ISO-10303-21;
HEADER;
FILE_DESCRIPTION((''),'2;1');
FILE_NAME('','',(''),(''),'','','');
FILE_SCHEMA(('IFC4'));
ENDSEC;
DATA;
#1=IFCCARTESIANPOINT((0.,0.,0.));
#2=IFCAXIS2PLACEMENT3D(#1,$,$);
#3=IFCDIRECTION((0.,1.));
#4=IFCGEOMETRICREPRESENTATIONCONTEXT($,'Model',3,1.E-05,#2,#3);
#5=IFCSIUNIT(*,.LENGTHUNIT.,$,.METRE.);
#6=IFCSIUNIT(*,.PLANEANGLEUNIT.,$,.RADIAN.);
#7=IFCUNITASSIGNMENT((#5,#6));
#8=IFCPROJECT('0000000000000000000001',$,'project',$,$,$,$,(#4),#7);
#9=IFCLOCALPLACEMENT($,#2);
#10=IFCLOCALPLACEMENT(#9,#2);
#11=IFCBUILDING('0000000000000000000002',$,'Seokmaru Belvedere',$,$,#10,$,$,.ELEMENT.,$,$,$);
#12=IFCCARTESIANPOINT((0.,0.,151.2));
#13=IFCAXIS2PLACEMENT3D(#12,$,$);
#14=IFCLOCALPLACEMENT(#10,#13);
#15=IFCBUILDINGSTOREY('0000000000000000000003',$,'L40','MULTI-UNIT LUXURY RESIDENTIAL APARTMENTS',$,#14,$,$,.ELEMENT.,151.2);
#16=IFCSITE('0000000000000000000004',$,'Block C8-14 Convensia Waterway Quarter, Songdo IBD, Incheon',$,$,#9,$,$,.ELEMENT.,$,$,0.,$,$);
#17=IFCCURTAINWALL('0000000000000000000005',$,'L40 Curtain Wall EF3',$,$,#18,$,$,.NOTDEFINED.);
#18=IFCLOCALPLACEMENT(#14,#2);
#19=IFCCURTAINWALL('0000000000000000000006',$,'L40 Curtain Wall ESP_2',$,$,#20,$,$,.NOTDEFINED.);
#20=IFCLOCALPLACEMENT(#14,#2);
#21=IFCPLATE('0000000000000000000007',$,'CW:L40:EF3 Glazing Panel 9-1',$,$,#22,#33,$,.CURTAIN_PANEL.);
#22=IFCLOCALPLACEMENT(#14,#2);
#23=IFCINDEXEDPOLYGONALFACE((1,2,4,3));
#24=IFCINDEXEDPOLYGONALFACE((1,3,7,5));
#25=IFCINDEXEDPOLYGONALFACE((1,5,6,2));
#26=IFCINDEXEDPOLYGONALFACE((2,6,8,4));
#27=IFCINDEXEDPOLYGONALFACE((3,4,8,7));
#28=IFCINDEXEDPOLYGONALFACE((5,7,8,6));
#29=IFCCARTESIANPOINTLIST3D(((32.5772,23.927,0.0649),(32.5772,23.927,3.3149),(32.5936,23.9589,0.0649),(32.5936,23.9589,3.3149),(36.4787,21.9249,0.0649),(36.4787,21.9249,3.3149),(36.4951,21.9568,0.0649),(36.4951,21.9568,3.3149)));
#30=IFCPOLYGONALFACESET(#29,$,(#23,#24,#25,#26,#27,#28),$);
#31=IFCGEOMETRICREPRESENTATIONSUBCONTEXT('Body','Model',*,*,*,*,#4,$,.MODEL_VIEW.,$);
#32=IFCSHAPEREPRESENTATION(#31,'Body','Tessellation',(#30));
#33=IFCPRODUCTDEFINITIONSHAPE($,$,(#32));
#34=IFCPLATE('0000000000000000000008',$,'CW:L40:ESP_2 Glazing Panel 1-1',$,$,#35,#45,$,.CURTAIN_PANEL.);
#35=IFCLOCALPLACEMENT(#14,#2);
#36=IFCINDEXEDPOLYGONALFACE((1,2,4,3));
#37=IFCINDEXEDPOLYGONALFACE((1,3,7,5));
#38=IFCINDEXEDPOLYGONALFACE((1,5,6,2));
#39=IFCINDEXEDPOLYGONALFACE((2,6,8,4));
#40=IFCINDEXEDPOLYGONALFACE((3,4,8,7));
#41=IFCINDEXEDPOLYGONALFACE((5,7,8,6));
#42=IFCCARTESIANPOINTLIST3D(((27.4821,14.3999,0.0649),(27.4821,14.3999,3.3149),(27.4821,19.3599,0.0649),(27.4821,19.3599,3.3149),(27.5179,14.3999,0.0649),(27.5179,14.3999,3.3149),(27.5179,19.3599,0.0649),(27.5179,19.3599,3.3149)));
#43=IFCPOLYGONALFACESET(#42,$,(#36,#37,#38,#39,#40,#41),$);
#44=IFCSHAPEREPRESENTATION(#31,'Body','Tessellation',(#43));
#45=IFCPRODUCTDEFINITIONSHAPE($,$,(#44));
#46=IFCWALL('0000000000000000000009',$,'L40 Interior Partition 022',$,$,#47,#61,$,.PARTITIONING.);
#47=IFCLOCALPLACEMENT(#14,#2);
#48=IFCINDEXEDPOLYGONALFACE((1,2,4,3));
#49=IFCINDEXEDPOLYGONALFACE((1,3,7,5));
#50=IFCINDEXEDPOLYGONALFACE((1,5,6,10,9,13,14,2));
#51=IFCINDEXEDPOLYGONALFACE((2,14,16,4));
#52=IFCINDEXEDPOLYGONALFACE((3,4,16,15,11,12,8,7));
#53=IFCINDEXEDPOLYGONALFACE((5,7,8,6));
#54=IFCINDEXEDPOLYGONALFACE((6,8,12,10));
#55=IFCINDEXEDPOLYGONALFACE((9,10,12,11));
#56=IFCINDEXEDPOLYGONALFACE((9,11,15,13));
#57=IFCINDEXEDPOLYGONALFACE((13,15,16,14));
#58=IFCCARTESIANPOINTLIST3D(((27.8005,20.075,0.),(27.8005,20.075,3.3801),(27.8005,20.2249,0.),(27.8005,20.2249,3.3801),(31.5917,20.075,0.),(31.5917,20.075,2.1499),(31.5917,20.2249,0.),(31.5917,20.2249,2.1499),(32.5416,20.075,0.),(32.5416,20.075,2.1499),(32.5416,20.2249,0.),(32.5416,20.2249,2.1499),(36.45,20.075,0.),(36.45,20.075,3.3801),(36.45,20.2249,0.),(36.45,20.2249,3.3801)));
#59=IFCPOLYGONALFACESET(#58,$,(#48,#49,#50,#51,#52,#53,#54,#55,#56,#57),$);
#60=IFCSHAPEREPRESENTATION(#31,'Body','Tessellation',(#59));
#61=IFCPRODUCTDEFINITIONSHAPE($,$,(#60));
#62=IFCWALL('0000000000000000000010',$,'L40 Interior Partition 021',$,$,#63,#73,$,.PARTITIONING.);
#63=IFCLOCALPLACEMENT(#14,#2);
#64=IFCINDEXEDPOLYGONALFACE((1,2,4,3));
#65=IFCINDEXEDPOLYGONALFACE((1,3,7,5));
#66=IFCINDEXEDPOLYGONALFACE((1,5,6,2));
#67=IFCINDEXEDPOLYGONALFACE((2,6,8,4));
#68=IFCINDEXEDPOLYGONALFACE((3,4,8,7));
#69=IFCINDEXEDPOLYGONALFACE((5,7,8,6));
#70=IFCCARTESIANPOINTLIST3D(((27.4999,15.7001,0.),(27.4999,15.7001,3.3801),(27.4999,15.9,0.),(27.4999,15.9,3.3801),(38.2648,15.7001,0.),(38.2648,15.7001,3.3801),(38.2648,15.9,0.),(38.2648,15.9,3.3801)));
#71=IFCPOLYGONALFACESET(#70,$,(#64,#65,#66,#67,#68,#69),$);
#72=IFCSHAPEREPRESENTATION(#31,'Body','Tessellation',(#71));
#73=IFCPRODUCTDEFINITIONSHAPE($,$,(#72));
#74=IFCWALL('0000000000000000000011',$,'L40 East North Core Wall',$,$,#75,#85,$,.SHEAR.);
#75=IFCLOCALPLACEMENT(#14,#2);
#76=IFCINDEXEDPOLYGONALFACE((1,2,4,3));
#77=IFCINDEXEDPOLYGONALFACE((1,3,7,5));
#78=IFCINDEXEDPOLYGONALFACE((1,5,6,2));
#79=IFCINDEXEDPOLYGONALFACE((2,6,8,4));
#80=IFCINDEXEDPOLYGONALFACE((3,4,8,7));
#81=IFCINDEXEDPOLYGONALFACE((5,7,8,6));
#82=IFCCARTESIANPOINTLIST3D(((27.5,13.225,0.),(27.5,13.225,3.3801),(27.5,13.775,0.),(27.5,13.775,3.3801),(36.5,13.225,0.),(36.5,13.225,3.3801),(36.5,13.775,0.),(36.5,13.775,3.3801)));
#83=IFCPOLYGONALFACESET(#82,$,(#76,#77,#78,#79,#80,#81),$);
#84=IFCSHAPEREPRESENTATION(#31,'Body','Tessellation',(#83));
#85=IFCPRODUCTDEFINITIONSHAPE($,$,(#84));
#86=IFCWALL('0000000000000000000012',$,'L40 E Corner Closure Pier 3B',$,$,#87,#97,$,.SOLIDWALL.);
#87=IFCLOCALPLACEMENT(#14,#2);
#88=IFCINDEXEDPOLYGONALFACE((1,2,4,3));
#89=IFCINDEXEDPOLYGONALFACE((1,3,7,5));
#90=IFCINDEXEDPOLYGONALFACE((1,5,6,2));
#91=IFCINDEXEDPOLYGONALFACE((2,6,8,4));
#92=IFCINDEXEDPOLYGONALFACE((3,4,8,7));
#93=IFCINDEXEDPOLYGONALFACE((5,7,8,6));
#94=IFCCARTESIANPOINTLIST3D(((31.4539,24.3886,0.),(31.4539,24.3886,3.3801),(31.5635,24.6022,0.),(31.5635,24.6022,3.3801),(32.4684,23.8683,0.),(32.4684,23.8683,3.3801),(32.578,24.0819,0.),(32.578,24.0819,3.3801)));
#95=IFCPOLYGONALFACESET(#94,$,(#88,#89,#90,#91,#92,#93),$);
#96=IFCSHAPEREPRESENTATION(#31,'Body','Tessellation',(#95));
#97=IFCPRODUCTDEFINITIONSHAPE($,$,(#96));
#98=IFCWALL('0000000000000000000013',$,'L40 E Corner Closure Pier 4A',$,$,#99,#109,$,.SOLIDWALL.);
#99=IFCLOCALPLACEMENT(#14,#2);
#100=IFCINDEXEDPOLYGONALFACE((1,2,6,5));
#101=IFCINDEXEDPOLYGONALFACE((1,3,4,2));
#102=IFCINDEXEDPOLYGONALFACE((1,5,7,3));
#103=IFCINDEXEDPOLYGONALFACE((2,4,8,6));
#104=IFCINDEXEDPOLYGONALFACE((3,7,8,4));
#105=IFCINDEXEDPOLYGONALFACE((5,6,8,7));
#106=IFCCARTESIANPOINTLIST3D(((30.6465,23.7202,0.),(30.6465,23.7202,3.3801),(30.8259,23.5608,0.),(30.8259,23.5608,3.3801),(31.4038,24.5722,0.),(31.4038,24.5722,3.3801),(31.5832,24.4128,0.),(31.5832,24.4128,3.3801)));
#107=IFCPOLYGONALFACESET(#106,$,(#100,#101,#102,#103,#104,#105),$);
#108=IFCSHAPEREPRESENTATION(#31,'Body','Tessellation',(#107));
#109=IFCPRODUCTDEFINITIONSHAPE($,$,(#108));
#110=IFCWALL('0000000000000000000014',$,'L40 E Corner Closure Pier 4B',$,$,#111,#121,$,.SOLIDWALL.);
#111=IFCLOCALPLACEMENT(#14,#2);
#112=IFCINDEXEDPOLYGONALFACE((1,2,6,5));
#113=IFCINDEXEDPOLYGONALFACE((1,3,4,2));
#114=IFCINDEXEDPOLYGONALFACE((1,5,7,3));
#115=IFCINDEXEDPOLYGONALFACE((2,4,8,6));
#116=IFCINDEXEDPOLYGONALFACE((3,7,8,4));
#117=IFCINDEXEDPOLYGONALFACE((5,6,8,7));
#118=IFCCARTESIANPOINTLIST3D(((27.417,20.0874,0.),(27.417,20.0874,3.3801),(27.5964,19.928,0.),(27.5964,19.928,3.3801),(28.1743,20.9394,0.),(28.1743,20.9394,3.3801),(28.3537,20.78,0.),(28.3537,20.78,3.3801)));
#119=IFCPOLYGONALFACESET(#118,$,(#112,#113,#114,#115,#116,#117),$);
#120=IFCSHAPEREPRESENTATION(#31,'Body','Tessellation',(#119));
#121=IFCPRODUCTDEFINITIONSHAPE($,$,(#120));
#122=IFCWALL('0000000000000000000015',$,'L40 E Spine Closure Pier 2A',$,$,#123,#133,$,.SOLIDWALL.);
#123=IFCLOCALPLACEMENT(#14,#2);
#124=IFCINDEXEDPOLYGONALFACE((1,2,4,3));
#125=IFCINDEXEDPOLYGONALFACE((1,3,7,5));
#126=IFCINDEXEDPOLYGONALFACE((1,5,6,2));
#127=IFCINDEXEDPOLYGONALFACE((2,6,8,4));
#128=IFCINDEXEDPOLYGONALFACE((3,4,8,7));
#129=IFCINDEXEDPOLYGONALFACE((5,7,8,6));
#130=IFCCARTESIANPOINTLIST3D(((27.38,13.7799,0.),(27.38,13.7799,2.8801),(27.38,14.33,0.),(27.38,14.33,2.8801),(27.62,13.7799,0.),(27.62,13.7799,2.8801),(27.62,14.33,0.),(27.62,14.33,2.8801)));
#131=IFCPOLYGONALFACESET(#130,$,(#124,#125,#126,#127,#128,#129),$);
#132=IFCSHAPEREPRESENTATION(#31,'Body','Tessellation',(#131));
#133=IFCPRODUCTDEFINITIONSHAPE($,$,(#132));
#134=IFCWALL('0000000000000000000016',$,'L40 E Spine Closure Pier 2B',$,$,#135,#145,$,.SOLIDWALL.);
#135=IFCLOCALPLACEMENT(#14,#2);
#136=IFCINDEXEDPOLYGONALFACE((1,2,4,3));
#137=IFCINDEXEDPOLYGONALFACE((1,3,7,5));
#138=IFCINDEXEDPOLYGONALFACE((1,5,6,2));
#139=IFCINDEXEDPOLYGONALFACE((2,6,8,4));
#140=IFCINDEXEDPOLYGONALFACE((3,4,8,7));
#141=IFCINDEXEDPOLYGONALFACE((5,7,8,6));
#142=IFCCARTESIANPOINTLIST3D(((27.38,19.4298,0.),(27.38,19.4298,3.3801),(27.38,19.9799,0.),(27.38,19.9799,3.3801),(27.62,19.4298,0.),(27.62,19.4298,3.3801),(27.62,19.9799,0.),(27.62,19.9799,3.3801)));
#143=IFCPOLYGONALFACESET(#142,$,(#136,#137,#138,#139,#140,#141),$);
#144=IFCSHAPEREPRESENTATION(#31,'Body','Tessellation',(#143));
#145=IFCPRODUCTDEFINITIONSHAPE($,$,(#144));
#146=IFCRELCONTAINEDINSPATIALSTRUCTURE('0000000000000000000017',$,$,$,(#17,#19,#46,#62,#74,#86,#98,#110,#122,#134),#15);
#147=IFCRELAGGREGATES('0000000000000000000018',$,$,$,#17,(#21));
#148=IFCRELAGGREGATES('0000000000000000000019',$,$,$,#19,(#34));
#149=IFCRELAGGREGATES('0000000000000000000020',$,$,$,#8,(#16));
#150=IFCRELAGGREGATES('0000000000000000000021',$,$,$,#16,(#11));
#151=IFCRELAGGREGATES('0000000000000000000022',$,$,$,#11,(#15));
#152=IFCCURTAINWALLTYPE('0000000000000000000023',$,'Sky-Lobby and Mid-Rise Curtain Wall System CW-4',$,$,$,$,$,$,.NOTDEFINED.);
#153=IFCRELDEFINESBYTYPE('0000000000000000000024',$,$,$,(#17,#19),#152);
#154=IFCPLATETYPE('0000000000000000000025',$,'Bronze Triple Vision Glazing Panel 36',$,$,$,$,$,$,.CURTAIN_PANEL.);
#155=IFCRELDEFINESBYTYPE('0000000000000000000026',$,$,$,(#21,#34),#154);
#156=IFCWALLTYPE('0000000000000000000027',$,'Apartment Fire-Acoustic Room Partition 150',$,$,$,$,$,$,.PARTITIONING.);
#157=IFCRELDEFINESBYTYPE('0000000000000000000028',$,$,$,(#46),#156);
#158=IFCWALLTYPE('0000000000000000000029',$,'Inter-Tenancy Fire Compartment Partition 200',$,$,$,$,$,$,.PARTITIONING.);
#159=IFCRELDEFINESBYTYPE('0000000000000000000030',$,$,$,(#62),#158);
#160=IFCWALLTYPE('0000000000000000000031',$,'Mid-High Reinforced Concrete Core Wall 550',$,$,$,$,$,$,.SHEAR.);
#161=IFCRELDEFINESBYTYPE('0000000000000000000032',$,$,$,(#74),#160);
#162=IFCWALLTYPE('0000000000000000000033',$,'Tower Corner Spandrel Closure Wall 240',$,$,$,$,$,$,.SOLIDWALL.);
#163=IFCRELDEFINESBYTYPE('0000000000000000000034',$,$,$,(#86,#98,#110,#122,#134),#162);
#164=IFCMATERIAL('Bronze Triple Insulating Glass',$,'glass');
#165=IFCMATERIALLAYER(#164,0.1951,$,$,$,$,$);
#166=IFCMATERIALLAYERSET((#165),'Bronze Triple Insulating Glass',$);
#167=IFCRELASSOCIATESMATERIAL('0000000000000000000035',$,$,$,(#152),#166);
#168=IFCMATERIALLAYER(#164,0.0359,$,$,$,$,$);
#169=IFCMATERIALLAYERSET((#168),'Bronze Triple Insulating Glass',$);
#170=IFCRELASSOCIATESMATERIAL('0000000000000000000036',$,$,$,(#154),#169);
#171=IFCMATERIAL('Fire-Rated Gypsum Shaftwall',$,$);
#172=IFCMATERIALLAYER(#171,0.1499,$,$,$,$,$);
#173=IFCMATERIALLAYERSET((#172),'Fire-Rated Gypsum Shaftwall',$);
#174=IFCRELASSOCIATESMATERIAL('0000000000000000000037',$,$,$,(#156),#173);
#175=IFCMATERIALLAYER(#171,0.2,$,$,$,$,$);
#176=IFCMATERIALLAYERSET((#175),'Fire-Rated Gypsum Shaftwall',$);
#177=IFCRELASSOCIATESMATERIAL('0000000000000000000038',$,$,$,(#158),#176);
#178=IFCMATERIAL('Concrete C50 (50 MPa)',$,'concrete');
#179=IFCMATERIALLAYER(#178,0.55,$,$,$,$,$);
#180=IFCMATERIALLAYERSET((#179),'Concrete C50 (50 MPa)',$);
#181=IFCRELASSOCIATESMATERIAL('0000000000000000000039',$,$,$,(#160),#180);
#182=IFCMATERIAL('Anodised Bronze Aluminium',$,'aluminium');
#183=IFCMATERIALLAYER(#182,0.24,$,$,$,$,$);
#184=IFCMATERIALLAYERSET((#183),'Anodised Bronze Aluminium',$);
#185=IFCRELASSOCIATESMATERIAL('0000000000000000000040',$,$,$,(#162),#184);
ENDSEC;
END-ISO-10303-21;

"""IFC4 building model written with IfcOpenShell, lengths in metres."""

from ifc_helpers import new_model, si_unit, direction, frame, frame_2d, origin, origin_2d, place, context, subcontext, project, spatial, rectangle, extrude, source, transform, mapped, material, layer, layer_set, type_object, element, aggregate, save


model = new_model("IFC4")

# Units and contexts
model_context = context("Model", 3, precision=1e-05, world=origin(), true_north=direction((0.0, 1.0)))
body_context = subcontext(model_context, "Body", "Model", "MODEL_VIEW")
ifc_project = project(units=[si_unit("LENGTHUNIT", "METRE"), si_unit("PLANEANGLEUNIT", "RADIAN")], contexts=[model_context])

# Site, building, storey
site_placement = place(None, origin())
site = spatial("IfcSite", under=ifc_project, at=site_placement, Name="Block C8-14 Convensia Waterway Quarter, Songdo IBD, Incheon", CompositionType="ELEMENT", RefElevation=0.0)
building_placement = place(site_placement, origin())
building = spatial("IfcBuilding", under=site, at=building_placement, Name="Seokmaru Belvedere", CompositionType="ELEMENT")
storey_placement = place(building_placement, frame((0.0, 0.0, 151.2)))
storey = spatial("IfcBuildingStorey", under=building, at=storey_placement, Name="L40", Description="MULTI-UNIT LUXURY RESIDENTIAL APARTMENTS", CompositionType="ELEMENT", Elevation=151.2)

# Curtain wall
ifc_material_1 = material(Name="Bronze Triple Insulating Glass", Category="glass")
ifc_layer_1 = layer(ifc_material_1, 0.1951)
ifc_layer_set_1 = layer_set([ifc_layer_1], Name="Bronze Triple Insulating Glass")
curtain_wall_type = type_object("IfcCurtainWallType", Name="Sky-Lobby and Mid-Rise Curtain Wall System CW-4", PredefinedType="NOTDEFINED", material=ifc_layer_set_1)
curtain_wall_1_placement = place(storey_placement, origin())
curtain_wall_1 = element("IfcCurtainWall", 1, at=curtain_wall_1_placement, inside=storey, type_object=curtain_wall_type, Name="L40 Curtain Wall EF3", PredefinedType="NOTDEFINED")
ifc_material_2 = material(Name="Anodised Bronze Aluminium", Category="aluminium")

# Curtain wall
curtain_wall_2_placement = place(storey_placement, origin())
curtain_wall_2 = element("IfcCurtainWall", 2, at=curtain_wall_2_placement, inside=storey, type_object=curtain_wall_type, Name="L40 Curtain Wall ESP_2", PredefinedType="NOTDEFINED")

# Plates
ifc_layer_2 = layer(ifc_material_1, 0.0359)
ifc_layer_set_2 = layer_set([ifc_layer_2], Name="Bronze Triple Insulating Glass")
plate_type = type_object("IfcPlateType", Name="Bronze Triple Vision Glazing Panel 36", PredefinedType="CURTAIN_PANEL", material=ifc_layer_set_2)
shared_shape_1 = source(origin(), body_context, "Body", "SweptSolid", [
    extrude(rectangle(XDim=4.3853, YDim=0.0359, at=origin_2d()), origin(), (0.0, 0.0, 1.0), 3.25),
])
plate_1_placement = place(storey_placement, frame((34.5361, 22.9419, 0.0649), z_axis=(0.0, 0.0, 1.0), x_axis=(-0.889695, 0.456555, 0.0)))
plate_1 = element("IfcPlate", 3, at=plate_1_placement, type_object=plate_type, Name="CW:L40:EF3 Glazing Panel 9-1", PredefinedType="CURTAIN_PANEL", context=body_context, shape_type="MappedRepresentation", body=[
    mapped(shared_shape_1, transform((0.0, 0.0, 0.0), scale=1.0)),
])
aggregate(curtain_wall_1, [plate_1])
shared_shape_2 = source(origin(), body_context, "Body", "SweptSolid", [
    extrude(rectangle(XDim=4.96, YDim=0.0359, at=origin_2d()), origin(), (0.0, 0.0, 1.0), 3.25),
])
plate_2_placement = place(storey_placement, frame((27.5, 16.8799, 0.0649), z_axis=(0.0, 0.0, 1.0), x_axis=(0.0, -1.0, 0.0)))
plate_2 = element("IfcPlate", 4, at=plate_2_placement, type_object=plate_type, Name="CW:L40:ESP_2 Glazing Panel 1-1", PredefinedType="CURTAIN_PANEL", context=body_context, shape_type="MappedRepresentation", body=[
    mapped(shared_shape_2, transform((0.0, 0.0, 0.0), scale=1.0)),
])
aggregate(curtain_wall_2, [plate_2])

# Wall, opening
ifc_material_3 = material(Name="Fire-Rated Gypsum Shaftwall")
ifc_layer_3 = layer(ifc_material_3, 0.1499)
ifc_layer_set_3 = layer_set([ifc_layer_3], Name="Fire-Rated Gypsum Shaftwall")
wall_type_1 = type_object("IfcWallType", Name="Apartment Fire-Acoustic Room Partition 150", PredefinedType="PARTITIONING", material=ifc_layer_set_3)
wall_1_placement = place(storey_placement, frame((27.8005, 20.1499, 0.0), z_axis=(0.0, 0.0, 1.0), x_axis=(1.0, 0.0, 0.0)))
wall_1 = element("IfcWall", 5, at=wall_1_placement, inside=storey, type_object=wall_type_1, Name="L40 Interior Partition 022", PredefinedType="PARTITIONING", context=body_context, shape_type="SweptSolid", body=[
    extrude(rectangle(XDim=8.6494, YDim=0.1499, at=frame_2d((4.3247, 0.0))), origin(), (0.0, 0.0, 1.0), 3.3801),
])
opening_placement = place(wall_1_placement, frame((3.791, 0.0, 0.0)))
element("IfcOpeningElement", 6, at=opening_placement, cuts=wall_1, PredefinedType="OPENING", context=body_context, shape_type="SweptSolid", body=[
    extrude(rectangle(XDim=0.95, YDim=2.1499, at=frame_2d((0.4751, 1.075))), frame((0.0, 0.085, 0.0), z_axis=(0.0, -1.0, 0.0), x_axis=(1.0, 0.0, 0.0)), (0.0, 0.0, 1.0), 0.1699),
])

# Walls
ifc_layer_4 = layer(ifc_material_3, 0.2)
ifc_layer_set_4 = layer_set([ifc_layer_4], Name="Fire-Rated Gypsum Shaftwall")
wall_type_2 = type_object("IfcWallType", Name="Inter-Tenancy Fire Compartment Partition 200", PredefinedType="PARTITIONING", material=ifc_layer_set_4)
wall_2_placement = place(storey_placement, frame((27.5, 15.8, 0.0), z_axis=(0.0, 0.0, 1.0), x_axis=(1.0, 0.0, 0.0)))
element("IfcWall", 7, at=wall_2_placement, inside=storey, type_object=wall_type_2, Name="L40 Interior Partition 021", PredefinedType="PARTITIONING", context=body_context, shape_type="SweptSolid", body=[
    extrude(rectangle(XDim=10.7649, YDim=0.2, at=frame_2d((5.3823, 0.0))), origin(), (0.0, 0.0, 1.0), 3.3801),
])
ifc_material_4 = material(Name="Concrete C50 (50 MPa)", Category="concrete")
ifc_layer_5 = layer(ifc_material_4, 0.55)
ifc_layer_set_5 = layer_set([ifc_layer_5], Name="Concrete C50 (50 MPa)")
wall_type_3 = type_object("IfcWallType", Name="Mid-High Reinforced Concrete Core Wall 550", PredefinedType="SHEAR", material=ifc_layer_set_5)
wall_3_placement = place(storey_placement, frame((27.5, 13.5, 0.0), z_axis=(0.0, 0.0, 1.0), x_axis=(1.0, 0.0, 0.0)))
element("IfcWall", 8, at=wall_3_placement, inside=storey, type_object=wall_type_3, Name="L40 East North Core Wall", PredefinedType="SHEAR", context=body_context, shape_type="SweptSolid", body=[
    extrude(rectangle(XDim=9.0, YDim=0.55, at=frame_2d((4.5, 0.0))), origin(), (0.0, 0.0, 1.0), 3.3801),
])
ifc_layer_6 = layer(ifc_material_2, 0.24)
ifc_layer_set_6 = layer_set([ifc_layer_6], Name="Anodised Bronze Aluminium")
wall_type_4 = type_object("IfcWallType", Name="Tower Corner Spandrel Closure Wall 240", PredefinedType="SOLIDWALL", material=ifc_layer_set_6)
wall_4_placement = place(storey_placement, frame((32.5232, 23.9751, 0.0), z_axis=(0.0, 0.0, 1.0), x_axis=(-0.889797, 0.456356, 0.0)))
element("IfcWall", 9, at=wall_4_placement, inside=storey, type_object=wall_type_4, Name="L40 E Corner Closure Pier 3B", PredefinedType="SOLIDWALL", context=body_context, shape_type="SweptSolid", body=[
    extrude(rectangle(XDim=1.1401, YDim=0.24, at=frame_2d((0.5701, 0.0))), origin(), (0.0, 0.0, 1.0), 3.3801),
])
for number, where, z_axis, x_axis, name in (
    (10, (31.4934, 24.4924, 0.0), (0.0, 0.0, 1.0), (-0.664337, -0.747433, 0.0), "L40 E Corner Closure Pier 4A"),
    (11, (28.2639, 20.8596, 0.0), (0.0, 0.0, 1.0), (-0.664337, -0.747433, 0.0), "L40 E Corner Closure Pier 4B"),
):
    element("IfcWall", number, at=place(storey_placement, frame(where, z_axis=z_axis, x_axis=x_axis)), inside=storey, type_object=wall_type_4, Name=name, PredefinedType="SOLIDWALL", context=body_context, shape_type="SweptSolid", body=[
        extrude(rectangle(XDim=1.1399, YDim=0.24, at=frame_2d((0.5698, 0.0))), origin(), (0.0, 0.0, 1.0), 3.3801),
    ])
wall_5_placement = place(storey_placement, frame((27.5, 13.78, 0.0), z_axis=(0.0, 0.0, 1.0), x_axis=(0.0, 1.0, 0.0)))
element("IfcWall", 12, at=wall_5_placement, inside=storey, type_object=wall_type_4, Name="L40 E Spine Closure Pier 2A", PredefinedType="SOLIDWALL", context=body_context, shape_type="SweptSolid", body=[
    extrude(rectangle(XDim=0.55, YDim=0.24, at=frame_2d((0.2749, 0.0))), origin(), (0.0, 0.0, 1.0), 2.8801),
])
wall_6_placement = place(storey_placement, frame((27.5, 19.4299, 0.0), z_axis=(0.0, 0.0, 1.0), x_axis=(0.0, 1.0, 0.0)))
element("IfcWall", 13, at=wall_6_placement, inside=storey, type_object=wall_type_4, Name="L40 E Spine Closure Pier 2B", PredefinedType="SOLIDWALL", context=body_context, shape_type="SweptSolid", body=[
    extrude(rectangle(XDim=0.55, YDim=0.24, at=frame_2d((0.2749, 0.0))), origin(), (0.0, 0.0, 1.0), 3.3801),
])

save(model, "model.ifc")
